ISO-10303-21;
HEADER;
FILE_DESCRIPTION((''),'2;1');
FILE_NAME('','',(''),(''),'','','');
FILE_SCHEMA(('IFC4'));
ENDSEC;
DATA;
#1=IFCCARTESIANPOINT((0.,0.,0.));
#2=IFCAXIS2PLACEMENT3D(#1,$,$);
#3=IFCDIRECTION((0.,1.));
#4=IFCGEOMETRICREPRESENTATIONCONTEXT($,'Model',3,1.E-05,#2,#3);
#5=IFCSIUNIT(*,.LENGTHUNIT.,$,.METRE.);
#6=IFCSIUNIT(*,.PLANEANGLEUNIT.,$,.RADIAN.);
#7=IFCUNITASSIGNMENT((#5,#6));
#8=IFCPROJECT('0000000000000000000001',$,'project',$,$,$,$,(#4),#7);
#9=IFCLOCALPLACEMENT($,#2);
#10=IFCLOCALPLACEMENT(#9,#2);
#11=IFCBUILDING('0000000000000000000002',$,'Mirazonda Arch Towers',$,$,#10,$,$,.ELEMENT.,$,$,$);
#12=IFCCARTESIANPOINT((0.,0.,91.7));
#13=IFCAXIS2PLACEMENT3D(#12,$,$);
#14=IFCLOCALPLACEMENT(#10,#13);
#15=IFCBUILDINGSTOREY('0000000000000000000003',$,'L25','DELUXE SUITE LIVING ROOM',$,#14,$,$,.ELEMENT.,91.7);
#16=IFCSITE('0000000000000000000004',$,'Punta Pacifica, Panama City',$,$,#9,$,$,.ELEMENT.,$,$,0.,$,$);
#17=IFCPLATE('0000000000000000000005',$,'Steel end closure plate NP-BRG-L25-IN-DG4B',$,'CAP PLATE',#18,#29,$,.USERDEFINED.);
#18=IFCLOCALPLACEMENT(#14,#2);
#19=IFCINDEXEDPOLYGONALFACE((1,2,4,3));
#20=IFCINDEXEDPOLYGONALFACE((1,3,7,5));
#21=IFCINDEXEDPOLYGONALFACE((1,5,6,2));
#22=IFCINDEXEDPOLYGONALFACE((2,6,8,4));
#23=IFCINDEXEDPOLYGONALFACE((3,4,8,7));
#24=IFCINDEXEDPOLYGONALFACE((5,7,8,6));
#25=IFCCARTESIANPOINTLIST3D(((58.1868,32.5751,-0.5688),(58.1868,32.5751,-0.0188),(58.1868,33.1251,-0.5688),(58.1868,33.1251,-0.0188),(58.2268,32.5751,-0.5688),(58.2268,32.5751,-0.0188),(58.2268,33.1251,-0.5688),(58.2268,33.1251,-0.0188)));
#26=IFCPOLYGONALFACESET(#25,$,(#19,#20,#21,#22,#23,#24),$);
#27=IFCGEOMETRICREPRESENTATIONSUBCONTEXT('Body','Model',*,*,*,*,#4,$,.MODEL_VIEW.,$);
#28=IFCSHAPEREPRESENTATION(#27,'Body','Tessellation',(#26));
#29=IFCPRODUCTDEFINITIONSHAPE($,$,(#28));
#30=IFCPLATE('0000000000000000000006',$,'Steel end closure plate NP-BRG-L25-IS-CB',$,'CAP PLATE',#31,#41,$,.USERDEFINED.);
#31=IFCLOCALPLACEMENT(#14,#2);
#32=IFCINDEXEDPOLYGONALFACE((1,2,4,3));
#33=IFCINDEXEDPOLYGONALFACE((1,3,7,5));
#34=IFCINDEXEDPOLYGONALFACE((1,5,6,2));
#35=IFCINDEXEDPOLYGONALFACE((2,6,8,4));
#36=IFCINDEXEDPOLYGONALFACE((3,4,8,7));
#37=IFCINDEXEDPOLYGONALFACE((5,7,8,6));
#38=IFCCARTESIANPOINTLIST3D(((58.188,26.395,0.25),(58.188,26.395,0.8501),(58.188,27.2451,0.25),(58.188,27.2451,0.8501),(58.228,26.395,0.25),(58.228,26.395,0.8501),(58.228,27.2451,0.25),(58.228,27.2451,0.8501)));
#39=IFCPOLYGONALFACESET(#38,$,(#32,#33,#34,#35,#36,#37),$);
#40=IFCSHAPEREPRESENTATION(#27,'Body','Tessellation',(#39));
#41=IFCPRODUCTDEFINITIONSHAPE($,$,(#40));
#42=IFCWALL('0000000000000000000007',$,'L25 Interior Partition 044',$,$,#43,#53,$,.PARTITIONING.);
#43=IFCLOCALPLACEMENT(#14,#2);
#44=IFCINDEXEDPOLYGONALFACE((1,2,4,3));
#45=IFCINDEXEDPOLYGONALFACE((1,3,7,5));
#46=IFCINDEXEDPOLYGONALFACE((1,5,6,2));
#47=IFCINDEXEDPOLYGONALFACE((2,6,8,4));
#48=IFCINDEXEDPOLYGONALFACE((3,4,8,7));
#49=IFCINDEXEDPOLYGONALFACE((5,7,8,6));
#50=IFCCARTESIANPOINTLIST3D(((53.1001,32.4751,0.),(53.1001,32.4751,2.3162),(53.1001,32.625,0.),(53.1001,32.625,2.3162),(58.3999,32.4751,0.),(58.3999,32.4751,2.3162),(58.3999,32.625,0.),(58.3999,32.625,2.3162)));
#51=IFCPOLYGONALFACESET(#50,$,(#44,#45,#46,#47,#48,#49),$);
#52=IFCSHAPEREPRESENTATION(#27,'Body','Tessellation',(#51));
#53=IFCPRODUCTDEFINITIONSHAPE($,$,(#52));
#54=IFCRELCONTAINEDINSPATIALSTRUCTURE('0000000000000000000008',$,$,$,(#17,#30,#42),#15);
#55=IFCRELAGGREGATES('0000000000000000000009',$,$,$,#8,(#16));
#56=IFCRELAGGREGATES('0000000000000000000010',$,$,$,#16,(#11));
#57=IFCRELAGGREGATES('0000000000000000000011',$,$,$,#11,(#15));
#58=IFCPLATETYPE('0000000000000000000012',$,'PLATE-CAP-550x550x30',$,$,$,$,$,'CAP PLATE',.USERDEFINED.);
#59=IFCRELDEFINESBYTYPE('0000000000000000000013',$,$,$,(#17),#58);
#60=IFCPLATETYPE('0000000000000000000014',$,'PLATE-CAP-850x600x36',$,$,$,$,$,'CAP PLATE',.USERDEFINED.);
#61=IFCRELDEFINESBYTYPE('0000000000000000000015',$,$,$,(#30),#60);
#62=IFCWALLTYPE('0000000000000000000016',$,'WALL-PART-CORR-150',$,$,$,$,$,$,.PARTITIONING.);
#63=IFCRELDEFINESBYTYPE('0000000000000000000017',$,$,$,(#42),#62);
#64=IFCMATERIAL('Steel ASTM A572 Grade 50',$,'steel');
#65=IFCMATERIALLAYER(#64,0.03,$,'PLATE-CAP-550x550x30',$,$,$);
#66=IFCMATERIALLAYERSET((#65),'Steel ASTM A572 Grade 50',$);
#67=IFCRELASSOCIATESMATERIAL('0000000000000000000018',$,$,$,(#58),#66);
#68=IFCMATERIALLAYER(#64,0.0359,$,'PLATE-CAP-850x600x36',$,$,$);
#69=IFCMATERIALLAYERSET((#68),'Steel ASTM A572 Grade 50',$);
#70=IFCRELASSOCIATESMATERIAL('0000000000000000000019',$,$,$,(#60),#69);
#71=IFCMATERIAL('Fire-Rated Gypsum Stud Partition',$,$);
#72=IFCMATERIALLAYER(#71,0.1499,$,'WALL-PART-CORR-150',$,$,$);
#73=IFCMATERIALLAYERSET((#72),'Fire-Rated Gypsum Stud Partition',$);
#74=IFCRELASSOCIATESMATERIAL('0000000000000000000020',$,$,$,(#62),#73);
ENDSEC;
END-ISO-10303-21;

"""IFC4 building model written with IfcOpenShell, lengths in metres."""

from ifc_helpers import new_model, si_unit, direction, frame, frame_2d, origin, origin_2d, place, context, subcontext, project, spatial, rectangle, extrude, material, layer, layer_set, type_object, element, save


model = new_model("IFC4")

# Units and contexts
model_context = context("Model", 3, precision=1e-05, world=origin(), true_north=direction((0.0, 1.0)))
body_context = subcontext(model_context, "Body", "Model", "MODEL_VIEW")
ifc_project = project(units=[si_unit("LENGTHUNIT", "METRE"), si_unit("PLANEANGLEUNIT", "RADIAN")], contexts=[model_context])

# Site, building, storey
site_placement = place(None, origin())
site = spatial("IfcSite", under=ifc_project, at=site_placement, Name="Punta Pacifica, Panama City", CompositionType="ELEMENT", RefElevation=0.0)
building_placement = place(site_placement, origin())
building = spatial("IfcBuilding", under=site, at=building_placement, Name="Mirazonda Arch Towers", CompositionType="ELEMENT")
storey_placement = place(building_placement, frame((0.0, 0.0, 91.7)))
storey = spatial("IfcBuildingStorey", under=building, at=storey_placement, Name="L25", Description="DELUXE SUITE LIVING ROOM", CompositionType="ELEMENT", Elevation=91.7)

# Shared definitions
ifc_material_1 = material(Name="Steel ASTM A572 Grade 50", Category="steel")

# Plates
ifc_layer_1 = layer(ifc_material_1, 0.03, Name="PLATE-CAP-550x550x30")
ifc_layer_set_1 = layer_set([ifc_layer_1], Name="Steel ASTM A572 Grade 50")
plate_type_1 = type_object("IfcPlateType", Name="PLATE-CAP-550x550x30", ElementType="CAP PLATE", PredefinedType="USERDEFINED", material=ifc_layer_set_1)
for number, where, z_axis, x_axis, name in (
    (1, (58.2068, 32.8501, -0.5688), (0.0, 0.0, 1.0), (1.0, 0.0, 0.0), "Steel end closure plate NP-BRG-L25-IN-DG4B"),
):
    element("IfcPlate", number, at=place(storey_placement, frame(where, z_axis=z_axis, x_axis=x_axis)), inside=storey, type_object=plate_type_1, Name=name, ObjectType="CAP PLATE", PredefinedType="USERDEFINED", context=body_context, shape_type="SweptSolid", body=[
        extrude(rectangle(XDim=0.04, YDim=0.55, at=origin_2d()), origin(), (0.0, 0.0, 1.0), 0.55),
    ])
ifc_layer_2 = layer(ifc_material_1, 0.0359, Name="PLATE-CAP-850x600x36")
ifc_layer_set_2 = layer_set([ifc_layer_2], Name="Steel ASTM A572 Grade 50")
plate_type_2 = type_object("IfcPlateType", Name="PLATE-CAP-850x600x36", ElementType="CAP PLATE", PredefinedType="USERDEFINED", material=ifc_layer_set_2)
plate_1_placement = place(storey_placement, frame((58.208, 26.8201, 0.25), z_axis=(0.0, 0.0, 1.0), x_axis=(1.0, 0.0, 0.0)))
element("IfcPlate", 2, at=plate_1_placement, inside=storey, type_object=plate_type_2, Name="Steel end closure plate NP-BRG-L25-IS-CB", ObjectType="CAP PLATE", PredefinedType="USERDEFINED", context=body_context, shape_type="SweptSolid", body=[
    extrude(rectangle(XDim=0.04, YDim=0.8501, at=origin_2d()), origin(), (0.0, 0.0, 1.0), 0.6001),
])

# Wall
ifc_material_2 = material(Name="Fire-Rated Gypsum Stud Partition")
ifc_layer_3 = layer(ifc_material_2, 0.1499, Name="WALL-PART-CORR-150")
ifc_layer_set_3 = layer_set([ifc_layer_3], Name="Fire-Rated Gypsum Stud Partition")
wall_type = type_object("IfcWallType", Name="WALL-PART-CORR-150", PredefinedType="PARTITIONING", material=ifc_layer_set_3)
wall_placement = place(storey_placement, frame((53.1001, 32.55, 0.0), z_axis=(0.0, 0.0, 1.0), x_axis=(1.0, 0.0, 0.0)))
element("IfcWall", 3, at=wall_placement, inside=storey, type_object=wall_type, Name="L25 Interior Partition 044", PredefinedType="PARTITIONING", context=body_context, shape_type="SweptSolid", body=[
    extrude(rectangle(XDim=5.2998, YDim=0.1499, at=frame_2d((2.6499, 0.0))), origin(), (0.0, 0.0, 1.0), 2.3162),
])

save(model, "model.ifc")
